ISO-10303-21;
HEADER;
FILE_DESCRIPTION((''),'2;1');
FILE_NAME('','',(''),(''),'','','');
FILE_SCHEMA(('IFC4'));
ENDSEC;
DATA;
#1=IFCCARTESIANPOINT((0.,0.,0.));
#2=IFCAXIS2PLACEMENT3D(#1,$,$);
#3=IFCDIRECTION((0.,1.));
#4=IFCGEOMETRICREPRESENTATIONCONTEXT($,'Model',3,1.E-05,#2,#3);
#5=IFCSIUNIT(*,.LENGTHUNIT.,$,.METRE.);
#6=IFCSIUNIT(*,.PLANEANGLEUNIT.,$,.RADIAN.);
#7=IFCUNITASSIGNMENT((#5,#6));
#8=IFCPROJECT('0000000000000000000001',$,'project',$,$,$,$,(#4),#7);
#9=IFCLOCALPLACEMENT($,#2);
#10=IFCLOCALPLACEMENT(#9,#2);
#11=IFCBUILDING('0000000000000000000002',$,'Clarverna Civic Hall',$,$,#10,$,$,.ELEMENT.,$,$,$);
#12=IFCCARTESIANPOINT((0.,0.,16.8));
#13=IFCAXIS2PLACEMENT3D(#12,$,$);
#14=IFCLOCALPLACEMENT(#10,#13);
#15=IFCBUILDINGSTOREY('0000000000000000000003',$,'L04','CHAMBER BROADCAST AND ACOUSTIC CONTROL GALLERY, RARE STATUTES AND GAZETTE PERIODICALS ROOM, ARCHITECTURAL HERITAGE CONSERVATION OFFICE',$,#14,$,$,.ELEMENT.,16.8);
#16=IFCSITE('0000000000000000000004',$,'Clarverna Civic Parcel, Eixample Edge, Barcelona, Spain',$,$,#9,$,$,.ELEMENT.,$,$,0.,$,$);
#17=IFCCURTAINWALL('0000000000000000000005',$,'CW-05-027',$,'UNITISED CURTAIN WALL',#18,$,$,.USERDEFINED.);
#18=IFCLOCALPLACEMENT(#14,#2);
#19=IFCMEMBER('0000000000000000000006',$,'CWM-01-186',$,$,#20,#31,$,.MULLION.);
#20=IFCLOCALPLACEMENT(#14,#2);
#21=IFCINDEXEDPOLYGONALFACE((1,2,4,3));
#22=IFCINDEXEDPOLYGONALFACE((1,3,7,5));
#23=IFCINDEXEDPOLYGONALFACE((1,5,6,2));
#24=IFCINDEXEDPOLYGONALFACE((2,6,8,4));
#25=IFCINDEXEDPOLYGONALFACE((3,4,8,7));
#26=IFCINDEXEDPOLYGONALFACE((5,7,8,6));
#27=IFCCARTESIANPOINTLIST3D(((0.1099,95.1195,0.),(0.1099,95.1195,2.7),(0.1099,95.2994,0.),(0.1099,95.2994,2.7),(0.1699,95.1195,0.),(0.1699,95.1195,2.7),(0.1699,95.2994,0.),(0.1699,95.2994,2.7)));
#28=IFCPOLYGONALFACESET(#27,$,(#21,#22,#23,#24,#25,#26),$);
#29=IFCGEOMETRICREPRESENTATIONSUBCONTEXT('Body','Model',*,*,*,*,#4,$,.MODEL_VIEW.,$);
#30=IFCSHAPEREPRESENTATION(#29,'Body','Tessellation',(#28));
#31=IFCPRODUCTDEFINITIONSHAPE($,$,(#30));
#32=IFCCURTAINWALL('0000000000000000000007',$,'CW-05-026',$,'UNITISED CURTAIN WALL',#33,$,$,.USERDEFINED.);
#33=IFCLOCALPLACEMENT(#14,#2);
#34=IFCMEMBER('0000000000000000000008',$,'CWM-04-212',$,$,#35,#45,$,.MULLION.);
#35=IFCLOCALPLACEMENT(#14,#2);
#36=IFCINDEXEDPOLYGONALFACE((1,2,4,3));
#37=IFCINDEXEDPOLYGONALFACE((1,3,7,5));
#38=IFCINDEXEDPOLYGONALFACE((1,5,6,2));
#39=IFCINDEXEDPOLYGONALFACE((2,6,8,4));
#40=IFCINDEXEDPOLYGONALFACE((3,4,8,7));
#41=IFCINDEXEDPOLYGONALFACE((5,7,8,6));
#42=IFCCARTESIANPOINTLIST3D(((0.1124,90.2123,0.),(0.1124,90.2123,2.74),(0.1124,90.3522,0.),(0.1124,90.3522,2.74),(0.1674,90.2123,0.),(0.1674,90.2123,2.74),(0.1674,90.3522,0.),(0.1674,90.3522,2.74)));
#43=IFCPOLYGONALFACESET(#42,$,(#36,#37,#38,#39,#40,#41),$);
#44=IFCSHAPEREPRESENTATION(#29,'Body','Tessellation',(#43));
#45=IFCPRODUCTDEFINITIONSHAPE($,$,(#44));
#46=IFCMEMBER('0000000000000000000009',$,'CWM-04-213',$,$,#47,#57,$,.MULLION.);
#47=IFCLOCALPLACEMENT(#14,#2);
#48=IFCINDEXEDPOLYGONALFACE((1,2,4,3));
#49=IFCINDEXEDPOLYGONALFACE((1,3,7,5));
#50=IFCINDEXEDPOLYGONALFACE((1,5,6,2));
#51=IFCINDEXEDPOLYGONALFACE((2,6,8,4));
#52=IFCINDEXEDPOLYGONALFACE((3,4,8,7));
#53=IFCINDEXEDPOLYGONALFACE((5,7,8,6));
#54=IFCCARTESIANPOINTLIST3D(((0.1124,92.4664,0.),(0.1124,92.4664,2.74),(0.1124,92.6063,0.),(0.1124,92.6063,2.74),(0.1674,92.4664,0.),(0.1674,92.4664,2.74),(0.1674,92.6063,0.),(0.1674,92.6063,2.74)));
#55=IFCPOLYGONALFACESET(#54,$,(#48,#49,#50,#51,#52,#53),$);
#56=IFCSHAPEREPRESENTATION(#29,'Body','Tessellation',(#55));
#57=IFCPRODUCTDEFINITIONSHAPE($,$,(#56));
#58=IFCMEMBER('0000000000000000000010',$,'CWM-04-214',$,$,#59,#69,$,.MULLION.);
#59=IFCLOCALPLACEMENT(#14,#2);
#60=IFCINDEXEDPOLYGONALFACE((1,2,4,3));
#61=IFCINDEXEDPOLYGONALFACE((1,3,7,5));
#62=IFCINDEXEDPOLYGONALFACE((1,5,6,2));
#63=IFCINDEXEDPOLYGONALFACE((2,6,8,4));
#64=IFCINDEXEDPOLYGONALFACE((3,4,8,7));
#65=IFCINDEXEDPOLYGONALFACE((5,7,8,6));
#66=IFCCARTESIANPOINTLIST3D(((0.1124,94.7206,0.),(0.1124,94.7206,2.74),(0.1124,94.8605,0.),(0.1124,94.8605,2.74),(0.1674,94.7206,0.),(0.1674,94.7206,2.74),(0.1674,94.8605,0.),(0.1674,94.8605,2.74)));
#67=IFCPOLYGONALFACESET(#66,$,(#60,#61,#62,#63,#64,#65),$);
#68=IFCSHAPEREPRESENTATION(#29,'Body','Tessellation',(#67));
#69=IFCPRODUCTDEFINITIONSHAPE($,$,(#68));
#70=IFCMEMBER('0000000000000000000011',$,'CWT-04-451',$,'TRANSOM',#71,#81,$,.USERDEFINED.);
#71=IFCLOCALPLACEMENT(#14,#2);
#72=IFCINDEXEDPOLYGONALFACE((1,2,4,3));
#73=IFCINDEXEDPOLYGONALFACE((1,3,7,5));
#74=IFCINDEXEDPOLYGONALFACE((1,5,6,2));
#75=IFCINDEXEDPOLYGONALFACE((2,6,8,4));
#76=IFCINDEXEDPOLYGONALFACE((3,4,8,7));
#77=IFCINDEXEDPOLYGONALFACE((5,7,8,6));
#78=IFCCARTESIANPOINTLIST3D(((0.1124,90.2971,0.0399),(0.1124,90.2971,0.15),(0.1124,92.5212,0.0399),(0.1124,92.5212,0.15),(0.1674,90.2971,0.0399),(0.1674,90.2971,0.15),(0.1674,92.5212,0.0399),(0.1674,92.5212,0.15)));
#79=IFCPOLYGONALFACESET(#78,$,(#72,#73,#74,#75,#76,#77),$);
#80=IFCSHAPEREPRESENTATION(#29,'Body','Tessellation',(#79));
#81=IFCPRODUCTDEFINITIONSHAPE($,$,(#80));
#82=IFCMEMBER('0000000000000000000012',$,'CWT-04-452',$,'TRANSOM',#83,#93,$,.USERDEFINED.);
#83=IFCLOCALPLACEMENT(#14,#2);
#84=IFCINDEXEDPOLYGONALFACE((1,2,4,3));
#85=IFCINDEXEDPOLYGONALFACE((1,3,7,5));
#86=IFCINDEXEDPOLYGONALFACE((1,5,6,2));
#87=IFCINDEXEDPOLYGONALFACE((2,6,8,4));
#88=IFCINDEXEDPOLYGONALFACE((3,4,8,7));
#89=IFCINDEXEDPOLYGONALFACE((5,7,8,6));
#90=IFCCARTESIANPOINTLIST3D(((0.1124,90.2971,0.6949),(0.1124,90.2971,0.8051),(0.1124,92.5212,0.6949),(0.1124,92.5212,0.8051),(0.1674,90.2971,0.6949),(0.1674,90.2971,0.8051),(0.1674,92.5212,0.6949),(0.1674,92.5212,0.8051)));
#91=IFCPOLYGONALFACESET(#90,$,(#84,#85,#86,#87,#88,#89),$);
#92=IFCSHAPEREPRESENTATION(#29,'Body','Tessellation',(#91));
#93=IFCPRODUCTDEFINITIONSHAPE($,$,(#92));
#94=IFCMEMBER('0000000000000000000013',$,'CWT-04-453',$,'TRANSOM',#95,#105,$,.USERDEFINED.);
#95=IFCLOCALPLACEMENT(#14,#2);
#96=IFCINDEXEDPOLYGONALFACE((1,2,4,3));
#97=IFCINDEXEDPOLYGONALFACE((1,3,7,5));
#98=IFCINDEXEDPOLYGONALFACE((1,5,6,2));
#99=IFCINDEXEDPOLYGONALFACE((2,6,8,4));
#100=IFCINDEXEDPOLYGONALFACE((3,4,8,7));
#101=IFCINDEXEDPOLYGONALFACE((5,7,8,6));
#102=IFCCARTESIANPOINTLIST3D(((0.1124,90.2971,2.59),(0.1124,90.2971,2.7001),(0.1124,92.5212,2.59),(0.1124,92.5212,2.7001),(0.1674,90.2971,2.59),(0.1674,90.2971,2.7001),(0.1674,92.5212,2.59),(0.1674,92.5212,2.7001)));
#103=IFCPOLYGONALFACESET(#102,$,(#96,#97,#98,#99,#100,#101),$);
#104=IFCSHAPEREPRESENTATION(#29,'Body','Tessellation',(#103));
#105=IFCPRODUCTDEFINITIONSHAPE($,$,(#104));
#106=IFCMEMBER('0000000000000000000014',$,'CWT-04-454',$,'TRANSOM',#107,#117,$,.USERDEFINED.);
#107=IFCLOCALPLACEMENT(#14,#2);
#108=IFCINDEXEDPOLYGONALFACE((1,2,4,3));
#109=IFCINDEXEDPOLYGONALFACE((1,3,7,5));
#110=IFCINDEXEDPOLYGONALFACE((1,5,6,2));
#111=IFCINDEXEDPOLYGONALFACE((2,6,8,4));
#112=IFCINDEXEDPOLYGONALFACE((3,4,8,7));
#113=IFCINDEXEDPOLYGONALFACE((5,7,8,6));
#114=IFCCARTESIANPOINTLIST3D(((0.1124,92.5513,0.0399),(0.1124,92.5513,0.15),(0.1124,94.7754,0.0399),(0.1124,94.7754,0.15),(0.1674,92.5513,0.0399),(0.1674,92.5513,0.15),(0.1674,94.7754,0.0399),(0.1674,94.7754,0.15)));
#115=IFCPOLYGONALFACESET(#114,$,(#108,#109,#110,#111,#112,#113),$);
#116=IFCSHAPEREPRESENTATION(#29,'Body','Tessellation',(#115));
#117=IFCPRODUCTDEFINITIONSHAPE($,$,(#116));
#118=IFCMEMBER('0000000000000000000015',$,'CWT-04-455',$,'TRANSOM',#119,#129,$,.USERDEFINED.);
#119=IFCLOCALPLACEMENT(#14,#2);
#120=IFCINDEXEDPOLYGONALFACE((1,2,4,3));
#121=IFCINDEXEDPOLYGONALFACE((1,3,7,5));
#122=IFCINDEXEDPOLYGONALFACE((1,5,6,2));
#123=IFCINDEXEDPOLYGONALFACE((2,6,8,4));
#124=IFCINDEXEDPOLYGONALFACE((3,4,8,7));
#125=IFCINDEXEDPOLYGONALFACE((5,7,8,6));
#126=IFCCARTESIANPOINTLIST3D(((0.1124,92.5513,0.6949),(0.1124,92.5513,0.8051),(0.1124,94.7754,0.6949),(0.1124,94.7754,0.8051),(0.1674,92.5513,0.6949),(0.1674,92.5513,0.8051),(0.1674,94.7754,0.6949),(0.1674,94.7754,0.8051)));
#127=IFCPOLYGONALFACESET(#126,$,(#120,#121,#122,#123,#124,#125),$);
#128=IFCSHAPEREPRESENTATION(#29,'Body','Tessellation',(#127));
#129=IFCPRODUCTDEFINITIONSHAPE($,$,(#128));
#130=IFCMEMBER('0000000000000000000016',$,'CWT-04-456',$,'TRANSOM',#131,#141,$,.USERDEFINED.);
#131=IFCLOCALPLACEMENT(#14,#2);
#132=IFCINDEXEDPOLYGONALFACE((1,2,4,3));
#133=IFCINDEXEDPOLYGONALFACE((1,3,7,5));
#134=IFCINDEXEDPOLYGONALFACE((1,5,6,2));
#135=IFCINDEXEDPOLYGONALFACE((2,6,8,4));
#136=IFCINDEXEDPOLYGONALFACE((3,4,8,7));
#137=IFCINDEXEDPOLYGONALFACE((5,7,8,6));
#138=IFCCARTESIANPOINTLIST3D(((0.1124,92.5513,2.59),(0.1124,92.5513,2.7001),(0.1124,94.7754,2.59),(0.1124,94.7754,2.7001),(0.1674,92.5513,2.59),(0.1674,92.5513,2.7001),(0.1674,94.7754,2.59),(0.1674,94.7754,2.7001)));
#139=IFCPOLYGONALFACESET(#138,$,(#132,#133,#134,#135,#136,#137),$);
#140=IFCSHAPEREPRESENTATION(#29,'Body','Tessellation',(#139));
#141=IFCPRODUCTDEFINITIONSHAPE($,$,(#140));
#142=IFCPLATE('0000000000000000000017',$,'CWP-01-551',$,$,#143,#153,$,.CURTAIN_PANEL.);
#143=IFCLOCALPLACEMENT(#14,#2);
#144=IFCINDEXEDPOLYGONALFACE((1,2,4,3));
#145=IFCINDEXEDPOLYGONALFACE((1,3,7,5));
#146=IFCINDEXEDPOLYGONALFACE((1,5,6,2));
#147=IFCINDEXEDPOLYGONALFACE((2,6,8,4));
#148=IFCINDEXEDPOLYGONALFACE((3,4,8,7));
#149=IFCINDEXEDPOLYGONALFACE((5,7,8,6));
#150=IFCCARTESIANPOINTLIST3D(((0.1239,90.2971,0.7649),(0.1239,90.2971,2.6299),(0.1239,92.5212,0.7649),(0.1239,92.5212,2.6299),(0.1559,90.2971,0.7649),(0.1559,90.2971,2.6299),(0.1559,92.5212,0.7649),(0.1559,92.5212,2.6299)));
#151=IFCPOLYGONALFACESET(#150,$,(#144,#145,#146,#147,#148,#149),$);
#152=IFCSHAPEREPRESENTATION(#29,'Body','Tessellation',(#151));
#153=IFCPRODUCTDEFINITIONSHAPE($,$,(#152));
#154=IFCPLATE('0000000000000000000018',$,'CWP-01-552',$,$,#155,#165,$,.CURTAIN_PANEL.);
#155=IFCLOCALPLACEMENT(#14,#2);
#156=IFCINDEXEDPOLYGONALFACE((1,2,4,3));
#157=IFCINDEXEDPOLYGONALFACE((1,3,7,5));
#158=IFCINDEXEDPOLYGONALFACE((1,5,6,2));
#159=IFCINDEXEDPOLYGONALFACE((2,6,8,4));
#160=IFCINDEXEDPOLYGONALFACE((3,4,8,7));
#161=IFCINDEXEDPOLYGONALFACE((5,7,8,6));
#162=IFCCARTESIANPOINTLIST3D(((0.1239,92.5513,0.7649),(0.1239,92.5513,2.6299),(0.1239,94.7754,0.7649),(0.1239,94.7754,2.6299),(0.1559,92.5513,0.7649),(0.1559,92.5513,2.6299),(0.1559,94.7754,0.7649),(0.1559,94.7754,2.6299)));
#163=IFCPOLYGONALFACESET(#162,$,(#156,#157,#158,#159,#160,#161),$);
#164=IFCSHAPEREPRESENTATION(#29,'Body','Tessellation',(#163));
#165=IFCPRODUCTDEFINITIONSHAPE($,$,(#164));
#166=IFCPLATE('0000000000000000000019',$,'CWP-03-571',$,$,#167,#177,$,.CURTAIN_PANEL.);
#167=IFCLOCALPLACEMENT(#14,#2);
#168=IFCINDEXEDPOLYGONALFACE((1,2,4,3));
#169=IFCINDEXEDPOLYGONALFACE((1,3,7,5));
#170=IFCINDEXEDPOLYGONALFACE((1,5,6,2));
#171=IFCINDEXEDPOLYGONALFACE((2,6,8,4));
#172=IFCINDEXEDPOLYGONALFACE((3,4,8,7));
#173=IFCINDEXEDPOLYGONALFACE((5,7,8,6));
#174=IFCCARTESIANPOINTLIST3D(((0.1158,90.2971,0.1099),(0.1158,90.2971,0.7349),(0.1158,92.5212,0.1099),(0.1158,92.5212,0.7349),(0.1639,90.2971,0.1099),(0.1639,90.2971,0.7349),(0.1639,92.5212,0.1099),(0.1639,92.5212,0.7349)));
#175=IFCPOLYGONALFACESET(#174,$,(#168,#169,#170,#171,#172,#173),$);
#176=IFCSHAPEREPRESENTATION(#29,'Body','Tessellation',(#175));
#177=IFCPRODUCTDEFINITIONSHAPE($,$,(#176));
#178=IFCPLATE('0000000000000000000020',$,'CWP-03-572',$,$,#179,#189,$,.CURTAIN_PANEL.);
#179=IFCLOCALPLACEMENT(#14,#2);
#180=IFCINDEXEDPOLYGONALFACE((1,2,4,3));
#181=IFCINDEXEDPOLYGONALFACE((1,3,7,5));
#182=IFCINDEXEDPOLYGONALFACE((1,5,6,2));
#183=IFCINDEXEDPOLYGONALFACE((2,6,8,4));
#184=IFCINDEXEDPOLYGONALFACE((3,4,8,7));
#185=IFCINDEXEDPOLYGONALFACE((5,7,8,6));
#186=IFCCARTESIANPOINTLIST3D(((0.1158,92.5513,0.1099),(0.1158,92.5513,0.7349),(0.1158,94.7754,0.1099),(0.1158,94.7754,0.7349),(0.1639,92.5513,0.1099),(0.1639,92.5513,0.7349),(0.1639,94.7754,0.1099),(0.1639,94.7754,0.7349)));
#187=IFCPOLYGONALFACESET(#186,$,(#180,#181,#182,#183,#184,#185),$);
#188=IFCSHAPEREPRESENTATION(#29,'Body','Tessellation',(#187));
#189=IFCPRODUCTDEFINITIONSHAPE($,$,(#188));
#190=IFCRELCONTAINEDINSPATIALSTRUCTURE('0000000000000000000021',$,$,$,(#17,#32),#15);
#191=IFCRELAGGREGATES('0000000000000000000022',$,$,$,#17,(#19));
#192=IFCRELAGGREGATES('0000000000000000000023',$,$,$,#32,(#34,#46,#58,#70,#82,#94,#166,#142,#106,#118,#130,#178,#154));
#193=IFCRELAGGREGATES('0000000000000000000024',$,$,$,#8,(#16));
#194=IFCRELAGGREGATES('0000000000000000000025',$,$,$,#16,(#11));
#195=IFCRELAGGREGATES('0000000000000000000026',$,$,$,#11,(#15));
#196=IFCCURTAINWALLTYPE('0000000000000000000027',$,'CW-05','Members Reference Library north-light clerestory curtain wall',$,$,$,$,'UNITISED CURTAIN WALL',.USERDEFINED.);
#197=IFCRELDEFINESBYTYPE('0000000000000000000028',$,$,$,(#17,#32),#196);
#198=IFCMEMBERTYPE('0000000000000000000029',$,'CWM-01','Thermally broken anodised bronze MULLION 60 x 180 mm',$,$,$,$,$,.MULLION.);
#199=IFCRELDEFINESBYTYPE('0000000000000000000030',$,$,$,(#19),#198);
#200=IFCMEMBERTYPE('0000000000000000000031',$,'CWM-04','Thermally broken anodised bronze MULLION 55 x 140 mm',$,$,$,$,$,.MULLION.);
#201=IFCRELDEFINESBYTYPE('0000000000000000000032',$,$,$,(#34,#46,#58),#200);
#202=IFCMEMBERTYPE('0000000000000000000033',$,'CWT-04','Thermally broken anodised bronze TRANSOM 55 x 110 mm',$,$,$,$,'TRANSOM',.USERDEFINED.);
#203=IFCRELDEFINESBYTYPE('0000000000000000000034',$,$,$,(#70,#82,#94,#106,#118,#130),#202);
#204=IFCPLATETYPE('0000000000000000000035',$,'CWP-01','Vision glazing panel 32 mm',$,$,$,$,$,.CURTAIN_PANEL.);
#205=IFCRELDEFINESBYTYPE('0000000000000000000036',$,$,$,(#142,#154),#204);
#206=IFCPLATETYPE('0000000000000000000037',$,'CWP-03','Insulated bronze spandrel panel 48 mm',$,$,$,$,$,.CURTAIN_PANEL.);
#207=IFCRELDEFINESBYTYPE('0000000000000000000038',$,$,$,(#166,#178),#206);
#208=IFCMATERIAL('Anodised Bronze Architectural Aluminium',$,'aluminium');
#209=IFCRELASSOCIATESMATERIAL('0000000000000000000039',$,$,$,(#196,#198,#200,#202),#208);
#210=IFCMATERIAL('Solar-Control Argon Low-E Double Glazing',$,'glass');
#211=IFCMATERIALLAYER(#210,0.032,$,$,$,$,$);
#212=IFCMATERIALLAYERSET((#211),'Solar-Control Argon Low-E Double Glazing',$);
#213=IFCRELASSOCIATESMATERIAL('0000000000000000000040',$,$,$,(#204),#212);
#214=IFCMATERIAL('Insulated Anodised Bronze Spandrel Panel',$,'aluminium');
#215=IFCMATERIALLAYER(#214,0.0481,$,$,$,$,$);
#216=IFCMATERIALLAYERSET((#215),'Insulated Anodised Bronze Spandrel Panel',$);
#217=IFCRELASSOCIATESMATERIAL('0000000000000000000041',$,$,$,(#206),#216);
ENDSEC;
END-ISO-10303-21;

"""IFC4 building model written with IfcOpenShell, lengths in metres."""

from ifc_helpers import new_model, si_unit, direction, frame, frame_2d, origin, origin_2d, place, context, subcontext, project, spatial, rectangle, extrude, material, layer, layer_set, material_profile, profile_set, type_object, element, aggregate, save


model = new_model("IFC4")

# Units and contexts
model_context = context("Model", 3, precision=1e-05, world=origin(), true_north=direction((0.0, 1.0)))
body_context = subcontext(model_context, "Body", "Model", "MODEL_VIEW")
ifc_project = project(units=[si_unit("LENGTHUNIT", "METRE"), si_unit("PLANEANGLEUNIT", "RADIAN")], contexts=[model_context])

# Site, building, storey
site_placement = place(None, origin())
site = spatial("IfcSite", under=ifc_project, at=site_placement, Name="Clarverna Civic Parcel, Eixample Edge, Barcelona, Spain", CompositionType="ELEMENT", RefElevation=0.0)
building_placement = place(site_placement, origin())
building = spatial("IfcBuilding", under=site, at=building_placement, Name="Clarverna Civic Hall", CompositionType="ELEMENT")
storey_placement = place(building_placement, frame((0.0, 0.0, 16.8)))
storey = spatial("IfcBuildingStorey", under=building, at=storey_placement, Name="L04", Description="CHAMBER BROADCAST AND ACOUSTIC CONTROL GALLERY, RARE STATUTES AND GAZETTE PERIODICALS ROOM, ARCHITECTURAL HERITAGE CONSERVATION OFFICE", CompositionType="ELEMENT", Elevation=16.8)

# Curtain wall, member
ifc_material_1 = material(Name="Anodised Bronze Architectural Aluminium", Category="aluminium")
curtain_wall_type = type_object("IfcCurtainWallType", Name="CW-05", Description="Members Reference Library north-light clerestory curtain wall", ElementType="UNITISED CURTAIN WALL", PredefinedType="USERDEFINED", material=ifc_material_1)
curtain_wall_1_placement = place(storey_placement, origin())
curtain_wall_1 = element("IfcCurtainWall", 1, at=curtain_wall_1_placement, inside=storey, type_object=curtain_wall_type, Name="CW-05-027", ObjectType="UNITISED CURTAIN WALL", PredefinedType="USERDEFINED")
ifc_material_profile_1 = material_profile(ifc_material_1, rectangle(XDim=0.0601, YDim=0.1799, at=origin_2d()), Name="BRONZE 60x180")
ifc_profile_set_1 = profile_set([ifc_material_profile_1], Name="Anodised Bronze Architectural Aluminium")
member_type_1 = type_object("IfcMemberType", Name="CWM-01", Description="Thermally broken anodised bronze MULLION 60 x 180 mm", PredefinedType="MULLION", material=ifc_profile_set_1)
member_1_placement = place(storey_placement, frame((0.1399, 95.2095, 0.0), z_axis=(0.0, 0.0, 1.0), x_axis=(1.0, 0.0, 0.0)))
member_1 = element("IfcMember", 2, at=member_1_placement, type_object=member_type_1, Name="CWM-01-186", PredefinedType="MULLION", context=body_context, shape_type="SweptSolid", body=[
    extrude(rectangle(XDim=0.0601, YDim=0.1799, at=origin_2d()), origin(), (0.0, 0.0, 1.0), 2.7),
])
aggregate(curtain_wall_1, [member_1])

# Curtain wall, members, plates
curtain_wall_2_placement = place(storey_placement, origin())
curtain_wall_2 = element("IfcCurtainWall", 3, at=curtain_wall_2_placement, inside=storey, type_object=curtain_wall_type, Name="CW-05-026", ObjectType="UNITISED CURTAIN WALL", PredefinedType="USERDEFINED")
ifc_material_profile_2 = material_profile(ifc_material_1, rectangle(XDim=0.0549, YDim=0.1399, at=origin_2d()), Name="BRONZE 55x140")
ifc_profile_set_2 = profile_set([ifc_material_profile_2], Name="Anodised Bronze Architectural Aluminium")
member_type_2 = type_object("IfcMemberType", Name="CWM-04", Description="Thermally broken anodised bronze MULLION 55 x 140 mm", PredefinedType="MULLION", material=ifc_profile_set_2)
member_2_placement = place(storey_placement, frame((0.1399, 90.2822, 0.0), z_axis=(0.0, 0.0, 1.0), x_axis=(1.0, 0.0, 0.0)))
member_2 = element("IfcMember", 4, at=member_2_placement, type_object=member_type_2, Name="CWM-04-212", PredefinedType="MULLION", context=body_context, shape_type="SweptSolid", body=[
    extrude(rectangle(XDim=0.0549, YDim=0.1399, at=origin_2d()), origin(), (0.0, 0.0, 1.0), 2.74),
])
member_3_placement = place(storey_placement, frame((0.1399, 92.5364, 0.0), z_axis=(0.0, 0.0, 1.0), x_axis=(1.0, 0.0, 0.0)))
member_3 = element("IfcMember", 5, at=member_3_placement, type_object=member_type_2, Name="CWM-04-213", PredefinedType="MULLION", context=body_context, shape_type="SweptSolid", body=[
    extrude(rectangle(XDim=0.0549, YDim=0.1399, at=origin_2d()), origin(), (0.0, 0.0, 1.0), 2.74),
])
member_4_placement = place(storey_placement, frame((0.1399, 94.7905, 0.0), z_axis=(0.0, 0.0, 1.0), x_axis=(1.0, 0.0, 0.0)))
member_4 = element("IfcMember", 6, at=member_4_placement, type_object=member_type_2, Name="CWM-04-214", PredefinedType="MULLION", context=body_context, shape_type="SweptSolid", body=[
    extrude(rectangle(XDim=0.0549, YDim=0.1399, at=origin_2d()), origin(), (0.0, 0.0, 1.0), 2.74),
])
ifc_material_profile_3 = material_profile(ifc_material_1, rectangle(XDim=0.0549, YDim=0.1101, at=origin_2d()), Name="BRONZE 55x110")
ifc_profile_set_3 = profile_set([ifc_material_profile_3], Name="Anodised Bronze Architectural Aluminium")
member_type_3 = type_object("IfcMemberType", Name="CWT-04", Description="Thermally broken anodised bronze TRANSOM 55 x 110 mm", ElementType="TRANSOM", PredefinedType="USERDEFINED", material=ifc_profile_set_3)
member_5_placement = place(storey_placement, frame((0.1399, 90.2971, 0.095), z_axis=(0.0, 1.0, 0.0), x_axis=(-1.0, 0.0, 0.0)))
member_5 = element("IfcMember", 7, at=member_5_placement, type_object=member_type_3, Name="CWT-04-451", ObjectType="TRANSOM", PredefinedType="USERDEFINED", context=body_context, shape_type="SweptSolid", body=[
    extrude(rectangle(XDim=0.0549, YDim=0.1101, at=origin_2d()), origin(), (0.0, 0.0, 1.0), 2.2241),
])
member_6_placement = place(storey_placement, frame((0.1399, 90.2971, 0.75), z_axis=(0.0, 1.0, 0.0), x_axis=(-1.0, 0.0, 0.0)))
member_6 = element("IfcMember", 8, at=member_6_placement, type_object=member_type_3, Name="CWT-04-452", ObjectType="TRANSOM", PredefinedType="USERDEFINED", context=body_context, shape_type="SweptSolid", body=[
    extrude(rectangle(XDim=0.0549, YDim=0.1101, at=origin_2d()), origin(), (0.0, 0.0, 1.0), 2.2241),
])
member_7_placement = place(storey_placement, frame((0.1399, 90.2971, 2.645), z_axis=(0.0, 1.0, 0.0), x_axis=(-1.0, 0.0, 0.0)))
member_7 = element("IfcMember", 9, at=member_7_placement, type_object=member_type_3, Name="CWT-04-453", ObjectType="TRANSOM", PredefinedType="USERDEFINED", context=body_context, shape_type="SweptSolid", body=[
    extrude(rectangle(XDim=0.0549, YDim=0.1101, at=origin_2d()), origin(), (0.0, 0.0, 1.0), 2.2241),
])
member_8_placement = place(storey_placement, frame((0.1399, 92.5513, 0.095), z_axis=(0.0, 1.0, 0.0), x_axis=(-1.0, 0.0, 0.0)))
member_8 = element("IfcMember", 10, at=member_8_placement, type_object=member_type_3, Name="CWT-04-454", ObjectType="TRANSOM", PredefinedType="USERDEFINED", context=body_context, shape_type="SweptSolid", body=[
    extrude(rectangle(XDim=0.0549, YDim=0.1101, at=origin_2d()), origin(), (0.0, 0.0, 1.0), 2.2241),
])
member_9_placement = place(storey_placement, frame((0.1399, 92.5513, 0.75), z_axis=(0.0, 1.0, 0.0), x_axis=(-1.0, 0.0, 0.0)))
member_9 = element("IfcMember", 11, at=member_9_placement, type_object=member_type_3, Name="CWT-04-455", ObjectType="TRANSOM", PredefinedType="USERDEFINED", context=body_context, shape_type="SweptSolid", body=[
    extrude(rectangle(XDim=0.0549, YDim=0.1101, at=origin_2d()), origin(), (0.0, 0.0, 1.0), 2.2241),
])
member_10_placement = place(storey_placement, frame((0.1399, 92.5513, 2.645), z_axis=(0.0, 1.0, 0.0), x_axis=(-1.0, 0.0, 0.0)))
member_10 = element("IfcMember", 12, at=member_10_placement, type_object=member_type_3, Name="CWT-04-456", ObjectType="TRANSOM", PredefinedType="USERDEFINED", context=body_context, shape_type="SweptSolid", body=[
    extrude(rectangle(XDim=0.0549, YDim=0.1101, at=origin_2d()), origin(), (0.0, 0.0, 1.0), 2.2241),
])
ifc_material_2 = material(Name="Solar-Control Argon Low-E Double Glazing", Category="glass")
ifc_layer_1 = layer(ifc_material_2, 0.032)
ifc_layer_set_1 = layer_set([ifc_layer_1], Name="Solar-Control Argon Low-E Double Glazing")
plate_type_1 = type_object("IfcPlateType", Name="CWP-01", Description="Vision glazing panel 32 mm", PredefinedType="CURTAIN_PANEL", material=ifc_layer_set_1)
plate_1_placement = place(storey_placement, frame((0.1399, 90.2971, 0.7649), z_axis=(0.0, 0.0, 1.0), x_axis=(0.0, 1.0, 0.0)))
plate_1 = element("IfcPlate", 13, at=plate_1_placement, type_object=plate_type_1, Name="CWP-01-551", PredefinedType="CURTAIN_PANEL", context=body_context, shape_type="SweptSolid", body=[
    extrude(rectangle(XDim=2.2241, YDim=0.032, at=frame_2d((1.1121, 0.0))), origin(), (0.0, 0.0, 1.0), 1.865),
])
plate_2_placement = place(storey_placement, frame((0.1399, 92.5513, 0.7649), z_axis=(0.0, 0.0, 1.0), x_axis=(0.0, 1.0, 0.0)))
plate_2 = element("IfcPlate", 14, at=plate_2_placement, type_object=plate_type_1, Name="CWP-01-552", PredefinedType="CURTAIN_PANEL", context=body_context, shape_type="SweptSolid", body=[
    extrude(rectangle(XDim=2.2241, YDim=0.032, at=frame_2d((1.1121, 0.0))), origin(), (0.0, 0.0, 1.0), 1.865),
])
ifc_material_3 = material(Name="Insulated Anodised Bronze Spandrel Panel", Category="aluminium")
ifc_layer_2 = layer(ifc_material_3, 0.0481)
ifc_layer_set_2 = layer_set([ifc_layer_2], Name="Insulated Anodised Bronze Spandrel Panel")
plate_type_2 = type_object("IfcPlateType", Name="CWP-03", Description="Insulated bronze spandrel panel 48 mm", PredefinedType="CURTAIN_PANEL", material=ifc_layer_set_2)
plate_3_placement = place(storey_placement, frame((0.1399, 90.2971, 0.1099), z_axis=(0.0, 0.0, 1.0), x_axis=(0.0, 1.0, 0.0)))
plate_3 = element("IfcPlate", 15, at=plate_3_placement, type_object=plate_type_2, Name="CWP-03-571", PredefinedType="CURTAIN_PANEL", context=body_context, shape_type="SweptSolid", body=[
    extrude(rectangle(XDim=2.2241, YDim=0.0481, at=frame_2d((1.1121, 0.0))), origin(), (0.0, 0.0, 1.0), 0.625),
])
plate_4_placement = place(storey_placement, frame((0.1399, 92.5513, 0.1099), z_axis=(0.0, 0.0, 1.0), x_axis=(0.0, 1.0, 0.0)))
plate_4 = element("IfcPlate", 16, at=plate_4_placement, type_object=plate_type_2, Name="CWP-03-572", PredefinedType="CURTAIN_PANEL", context=body_context, shape_type="SweptSolid", body=[
    extrude(rectangle(XDim=2.2241, YDim=0.0481, at=frame_2d((1.1121, 0.0))), origin(), (0.0, 0.0, 1.0), 0.625),
])
aggregate(curtain_wall_2, [member_2, member_3, member_4, member_5, member_6, member_7, plate_3, plate_1, member_8, member_9, member_10, plate_4, plate_2])

save(model, "model.ifc")
